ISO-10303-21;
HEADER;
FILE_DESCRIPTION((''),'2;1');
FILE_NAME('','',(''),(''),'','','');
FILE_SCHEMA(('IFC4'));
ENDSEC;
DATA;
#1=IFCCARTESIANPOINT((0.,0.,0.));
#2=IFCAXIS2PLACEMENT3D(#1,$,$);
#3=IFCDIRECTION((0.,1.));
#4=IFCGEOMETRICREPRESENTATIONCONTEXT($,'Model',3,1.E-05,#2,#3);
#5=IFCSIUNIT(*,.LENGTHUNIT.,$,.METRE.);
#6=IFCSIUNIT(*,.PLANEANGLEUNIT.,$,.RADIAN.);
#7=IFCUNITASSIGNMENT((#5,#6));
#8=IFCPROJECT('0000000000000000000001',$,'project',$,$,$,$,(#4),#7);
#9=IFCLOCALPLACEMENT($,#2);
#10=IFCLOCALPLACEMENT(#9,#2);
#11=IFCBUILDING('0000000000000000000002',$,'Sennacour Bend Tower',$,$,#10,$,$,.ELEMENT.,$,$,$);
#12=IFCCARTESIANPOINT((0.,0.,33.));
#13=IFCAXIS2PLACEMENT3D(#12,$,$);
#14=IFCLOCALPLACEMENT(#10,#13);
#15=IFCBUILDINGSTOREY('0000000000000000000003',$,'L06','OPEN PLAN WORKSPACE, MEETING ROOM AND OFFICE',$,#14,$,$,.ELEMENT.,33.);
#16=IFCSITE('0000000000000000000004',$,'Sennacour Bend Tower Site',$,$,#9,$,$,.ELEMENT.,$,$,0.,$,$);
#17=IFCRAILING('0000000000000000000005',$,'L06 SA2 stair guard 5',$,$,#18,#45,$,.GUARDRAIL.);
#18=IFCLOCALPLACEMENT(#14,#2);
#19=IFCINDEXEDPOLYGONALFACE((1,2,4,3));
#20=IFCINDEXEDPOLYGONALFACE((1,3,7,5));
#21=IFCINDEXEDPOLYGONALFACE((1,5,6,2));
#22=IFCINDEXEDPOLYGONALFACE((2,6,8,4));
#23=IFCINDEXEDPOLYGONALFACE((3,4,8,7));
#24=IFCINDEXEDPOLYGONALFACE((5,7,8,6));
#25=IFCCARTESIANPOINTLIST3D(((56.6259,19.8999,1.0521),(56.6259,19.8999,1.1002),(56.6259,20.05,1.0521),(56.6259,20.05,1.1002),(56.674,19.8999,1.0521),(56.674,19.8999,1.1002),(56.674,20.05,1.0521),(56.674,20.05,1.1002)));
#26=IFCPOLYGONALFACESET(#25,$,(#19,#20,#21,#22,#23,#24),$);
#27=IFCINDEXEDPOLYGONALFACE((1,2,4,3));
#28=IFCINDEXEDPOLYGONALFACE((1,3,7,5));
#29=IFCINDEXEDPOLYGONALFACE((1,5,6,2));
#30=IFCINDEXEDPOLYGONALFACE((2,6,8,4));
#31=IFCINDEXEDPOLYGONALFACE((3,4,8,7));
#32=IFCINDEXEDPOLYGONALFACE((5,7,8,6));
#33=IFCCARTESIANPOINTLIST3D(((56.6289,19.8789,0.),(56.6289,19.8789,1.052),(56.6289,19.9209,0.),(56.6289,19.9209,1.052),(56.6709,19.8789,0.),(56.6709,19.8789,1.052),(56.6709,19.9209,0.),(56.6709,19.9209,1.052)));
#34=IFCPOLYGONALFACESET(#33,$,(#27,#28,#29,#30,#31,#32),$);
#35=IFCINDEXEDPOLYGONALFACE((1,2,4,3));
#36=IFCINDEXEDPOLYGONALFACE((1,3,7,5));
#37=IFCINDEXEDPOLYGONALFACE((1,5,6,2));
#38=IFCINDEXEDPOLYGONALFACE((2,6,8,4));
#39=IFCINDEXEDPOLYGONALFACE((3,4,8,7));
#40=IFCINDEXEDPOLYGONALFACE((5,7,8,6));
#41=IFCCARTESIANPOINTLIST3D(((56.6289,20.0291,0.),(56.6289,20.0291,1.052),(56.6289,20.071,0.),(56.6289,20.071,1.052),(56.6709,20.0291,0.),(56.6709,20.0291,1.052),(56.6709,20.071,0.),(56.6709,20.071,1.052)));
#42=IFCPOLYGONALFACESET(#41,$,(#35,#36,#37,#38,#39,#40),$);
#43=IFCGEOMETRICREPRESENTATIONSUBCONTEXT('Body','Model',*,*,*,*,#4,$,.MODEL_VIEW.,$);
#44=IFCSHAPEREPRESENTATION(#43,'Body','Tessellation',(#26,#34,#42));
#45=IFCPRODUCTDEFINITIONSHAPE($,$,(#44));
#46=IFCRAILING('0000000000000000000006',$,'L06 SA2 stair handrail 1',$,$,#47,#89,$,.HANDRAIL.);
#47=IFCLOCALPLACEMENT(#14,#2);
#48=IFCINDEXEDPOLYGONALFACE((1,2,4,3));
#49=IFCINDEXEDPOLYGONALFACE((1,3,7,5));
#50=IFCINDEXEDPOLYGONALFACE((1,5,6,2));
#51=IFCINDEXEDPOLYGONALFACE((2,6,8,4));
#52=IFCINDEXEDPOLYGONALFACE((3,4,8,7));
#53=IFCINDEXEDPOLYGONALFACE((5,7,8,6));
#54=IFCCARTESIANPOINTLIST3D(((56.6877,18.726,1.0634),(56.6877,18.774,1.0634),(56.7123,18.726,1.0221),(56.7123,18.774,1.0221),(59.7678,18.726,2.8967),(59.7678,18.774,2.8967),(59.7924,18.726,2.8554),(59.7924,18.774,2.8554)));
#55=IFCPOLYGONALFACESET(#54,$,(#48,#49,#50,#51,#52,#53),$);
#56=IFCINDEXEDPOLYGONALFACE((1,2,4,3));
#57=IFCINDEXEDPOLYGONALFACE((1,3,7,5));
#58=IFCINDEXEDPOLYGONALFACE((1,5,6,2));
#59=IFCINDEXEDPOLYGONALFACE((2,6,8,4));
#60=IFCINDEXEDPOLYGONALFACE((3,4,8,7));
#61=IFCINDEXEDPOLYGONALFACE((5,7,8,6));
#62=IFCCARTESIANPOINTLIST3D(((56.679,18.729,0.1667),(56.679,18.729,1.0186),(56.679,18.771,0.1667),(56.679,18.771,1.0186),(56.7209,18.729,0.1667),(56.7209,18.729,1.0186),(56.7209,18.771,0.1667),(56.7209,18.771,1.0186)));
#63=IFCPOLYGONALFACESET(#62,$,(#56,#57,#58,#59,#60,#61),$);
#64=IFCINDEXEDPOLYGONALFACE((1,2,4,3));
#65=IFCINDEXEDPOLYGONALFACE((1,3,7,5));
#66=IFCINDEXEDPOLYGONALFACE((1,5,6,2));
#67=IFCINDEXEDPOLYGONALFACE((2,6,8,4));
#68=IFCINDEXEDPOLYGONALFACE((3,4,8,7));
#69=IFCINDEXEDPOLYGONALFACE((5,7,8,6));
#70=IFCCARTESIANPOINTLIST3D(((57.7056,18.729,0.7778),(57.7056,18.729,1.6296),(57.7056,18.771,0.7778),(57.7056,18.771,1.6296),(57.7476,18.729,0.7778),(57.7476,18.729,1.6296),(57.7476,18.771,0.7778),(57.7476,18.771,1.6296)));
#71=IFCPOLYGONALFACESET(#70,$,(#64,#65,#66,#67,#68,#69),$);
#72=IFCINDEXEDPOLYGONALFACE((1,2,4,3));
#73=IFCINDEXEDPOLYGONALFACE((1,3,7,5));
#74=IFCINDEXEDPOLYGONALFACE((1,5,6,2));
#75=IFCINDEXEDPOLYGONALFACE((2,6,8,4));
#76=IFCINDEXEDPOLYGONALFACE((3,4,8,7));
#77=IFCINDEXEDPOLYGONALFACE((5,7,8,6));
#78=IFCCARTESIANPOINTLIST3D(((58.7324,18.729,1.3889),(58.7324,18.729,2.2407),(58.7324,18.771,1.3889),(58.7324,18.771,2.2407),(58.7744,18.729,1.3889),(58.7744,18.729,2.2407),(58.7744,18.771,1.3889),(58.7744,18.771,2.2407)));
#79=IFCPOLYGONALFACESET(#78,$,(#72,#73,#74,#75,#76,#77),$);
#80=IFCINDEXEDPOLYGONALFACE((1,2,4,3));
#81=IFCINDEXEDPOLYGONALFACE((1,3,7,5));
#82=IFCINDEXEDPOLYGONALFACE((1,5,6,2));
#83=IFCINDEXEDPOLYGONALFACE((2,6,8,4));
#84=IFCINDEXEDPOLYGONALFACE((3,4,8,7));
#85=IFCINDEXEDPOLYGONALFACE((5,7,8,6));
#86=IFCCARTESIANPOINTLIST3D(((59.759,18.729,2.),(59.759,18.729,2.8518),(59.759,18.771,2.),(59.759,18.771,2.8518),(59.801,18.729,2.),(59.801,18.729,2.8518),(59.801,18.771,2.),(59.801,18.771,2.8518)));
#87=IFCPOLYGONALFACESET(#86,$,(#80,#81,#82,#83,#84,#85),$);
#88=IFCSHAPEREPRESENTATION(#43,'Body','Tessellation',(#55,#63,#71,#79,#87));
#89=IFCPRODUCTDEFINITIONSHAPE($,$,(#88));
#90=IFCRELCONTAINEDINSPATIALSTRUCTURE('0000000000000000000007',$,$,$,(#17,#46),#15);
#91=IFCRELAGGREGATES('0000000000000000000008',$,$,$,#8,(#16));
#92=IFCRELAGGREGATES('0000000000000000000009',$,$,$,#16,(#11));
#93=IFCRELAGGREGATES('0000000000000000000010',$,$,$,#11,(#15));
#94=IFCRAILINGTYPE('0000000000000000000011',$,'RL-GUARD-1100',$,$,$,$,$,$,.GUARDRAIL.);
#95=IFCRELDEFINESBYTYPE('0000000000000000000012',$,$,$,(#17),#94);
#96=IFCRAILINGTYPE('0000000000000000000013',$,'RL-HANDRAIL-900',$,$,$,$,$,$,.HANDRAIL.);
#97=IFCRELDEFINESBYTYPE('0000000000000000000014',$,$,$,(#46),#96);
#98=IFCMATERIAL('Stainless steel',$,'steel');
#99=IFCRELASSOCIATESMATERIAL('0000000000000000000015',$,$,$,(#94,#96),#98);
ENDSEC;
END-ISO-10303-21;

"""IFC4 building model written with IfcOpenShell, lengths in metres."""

from ifc_helpers import new_model, si_unit, direction, frame, origin, origin_2d, place, context, subcontext, project, spatial, rectangle, extrude, material, type_object, element, save


model = new_model("IFC4")

# Units and contexts
model_context = context("Model", 3, precision=1e-05, world=origin(), true_north=direction((0.0, 1.0)))
body_context = subcontext(model_context, "Body", "Model", "MODEL_VIEW")
ifc_project = project(units=[si_unit("LENGTHUNIT", "METRE"), si_unit("PLANEANGLEUNIT", "RADIAN")], contexts=[model_context])

# Site, building, storey
site_placement = place(None, origin())
site = spatial("IfcSite", under=ifc_project, at=site_placement, Name="Sennacour Bend Tower Site", CompositionType="ELEMENT", RefElevation=0.0)
building_placement = place(site_placement, origin())
building = spatial("IfcBuilding", under=site, at=building_placement, Name="Sennacour Bend Tower", CompositionType="ELEMENT")
storey_placement = place(building_placement, frame((0.0, 0.0, 33.0)))
storey = spatial("IfcBuildingStorey", under=building, at=storey_placement, Name="L06", Description="OPEN PLAN WORKSPACE, MEETING ROOM AND OFFICE", CompositionType="ELEMENT", Elevation=33.0)

# Shared definitions
ifc_material_1 = material(Name="Stainless steel", Category="steel")

# Railings
railing_type_1 = type_object("IfcRailingType", Name="RL-GUARD-1100", PredefinedType="GUARDRAIL", material=ifc_material_1)
railing_1_placement = place(storey_placement, frame((56.6499, 19.8999, 0.0)))
element("IfcRailing", 1, at=railing_1_placement, inside=storey, type_object=railing_type_1, Name="L06 SA2 stair guard 5", PredefinedType="GUARDRAIL", context=body_context, shape_type="SweptSolid", body=[
    extrude(rectangle(XDim=0.0481, YDim=0.0481, at=origin_2d()), frame((0.0, 0.0, 1.0762), z_axis=(0.0, 1.0, 0.0), x_axis=(-1.0, 0.0, 0.0)), (0.0, 0.0, 1.0), 0.1501),
    extrude(rectangle(XDim=0.042, YDim=0.042, at=origin_2d()), origin(), (0.0, 0.0, 1.0), 1.052),
    extrude(rectangle(XDim=0.042, YDim=0.042, at=origin_2d()), frame((0.0, 0.1501, 0.0)), (0.0, 0.0, 1.0), 1.052),
])
railing_type_2 = type_object("IfcRailingType", Name="RL-HANDRAIL-900", PredefinedType="HANDRAIL", material=ifc_material_1)
railing_2_placement = place(storey_placement, frame((56.7, 18.75, 0.1667)))
element("IfcRailing", 2, at=railing_2_placement, inside=storey, type_object=railing_type_2, Name="L06 SA2 stair handrail 1", PredefinedType="HANDRAIL", context=body_context, shape_type="SweptSolid", body=[
    extrude(rectangle(XDim=0.0481, YDim=0.0481, at=origin_2d()), frame((0.0, 0.0, 0.876), z_axis=(0.859309, 0.0, 0.511458), x_axis=(0.0, 1.0, 0.0)), (0.0, 0.0, 1.0), 3.5845),
    extrude(rectangle(XDim=0.042, YDim=0.042, at=origin_2d()), origin(), (0.0, 0.0, 1.0), 0.8518),
    extrude(rectangle(XDim=0.042, YDim=0.042, at=origin_2d()), frame((1.0266, 0.0, 0.6111)), (0.0, 0.0, 1.0), 0.8518),
    extrude(rectangle(XDim=0.042, YDim=0.042, at=origin_2d()), frame((2.0535, 0.0, 1.2222)), (0.0, 0.0, 1.0), 0.8518),
    extrude(rectangle(XDim=0.042, YDim=0.042, at=origin_2d()), frame((3.0801, 0.0, 1.8333)), (0.0, 0.0, 1.0), 0.8518),
])

save(model, "model.ifc")
